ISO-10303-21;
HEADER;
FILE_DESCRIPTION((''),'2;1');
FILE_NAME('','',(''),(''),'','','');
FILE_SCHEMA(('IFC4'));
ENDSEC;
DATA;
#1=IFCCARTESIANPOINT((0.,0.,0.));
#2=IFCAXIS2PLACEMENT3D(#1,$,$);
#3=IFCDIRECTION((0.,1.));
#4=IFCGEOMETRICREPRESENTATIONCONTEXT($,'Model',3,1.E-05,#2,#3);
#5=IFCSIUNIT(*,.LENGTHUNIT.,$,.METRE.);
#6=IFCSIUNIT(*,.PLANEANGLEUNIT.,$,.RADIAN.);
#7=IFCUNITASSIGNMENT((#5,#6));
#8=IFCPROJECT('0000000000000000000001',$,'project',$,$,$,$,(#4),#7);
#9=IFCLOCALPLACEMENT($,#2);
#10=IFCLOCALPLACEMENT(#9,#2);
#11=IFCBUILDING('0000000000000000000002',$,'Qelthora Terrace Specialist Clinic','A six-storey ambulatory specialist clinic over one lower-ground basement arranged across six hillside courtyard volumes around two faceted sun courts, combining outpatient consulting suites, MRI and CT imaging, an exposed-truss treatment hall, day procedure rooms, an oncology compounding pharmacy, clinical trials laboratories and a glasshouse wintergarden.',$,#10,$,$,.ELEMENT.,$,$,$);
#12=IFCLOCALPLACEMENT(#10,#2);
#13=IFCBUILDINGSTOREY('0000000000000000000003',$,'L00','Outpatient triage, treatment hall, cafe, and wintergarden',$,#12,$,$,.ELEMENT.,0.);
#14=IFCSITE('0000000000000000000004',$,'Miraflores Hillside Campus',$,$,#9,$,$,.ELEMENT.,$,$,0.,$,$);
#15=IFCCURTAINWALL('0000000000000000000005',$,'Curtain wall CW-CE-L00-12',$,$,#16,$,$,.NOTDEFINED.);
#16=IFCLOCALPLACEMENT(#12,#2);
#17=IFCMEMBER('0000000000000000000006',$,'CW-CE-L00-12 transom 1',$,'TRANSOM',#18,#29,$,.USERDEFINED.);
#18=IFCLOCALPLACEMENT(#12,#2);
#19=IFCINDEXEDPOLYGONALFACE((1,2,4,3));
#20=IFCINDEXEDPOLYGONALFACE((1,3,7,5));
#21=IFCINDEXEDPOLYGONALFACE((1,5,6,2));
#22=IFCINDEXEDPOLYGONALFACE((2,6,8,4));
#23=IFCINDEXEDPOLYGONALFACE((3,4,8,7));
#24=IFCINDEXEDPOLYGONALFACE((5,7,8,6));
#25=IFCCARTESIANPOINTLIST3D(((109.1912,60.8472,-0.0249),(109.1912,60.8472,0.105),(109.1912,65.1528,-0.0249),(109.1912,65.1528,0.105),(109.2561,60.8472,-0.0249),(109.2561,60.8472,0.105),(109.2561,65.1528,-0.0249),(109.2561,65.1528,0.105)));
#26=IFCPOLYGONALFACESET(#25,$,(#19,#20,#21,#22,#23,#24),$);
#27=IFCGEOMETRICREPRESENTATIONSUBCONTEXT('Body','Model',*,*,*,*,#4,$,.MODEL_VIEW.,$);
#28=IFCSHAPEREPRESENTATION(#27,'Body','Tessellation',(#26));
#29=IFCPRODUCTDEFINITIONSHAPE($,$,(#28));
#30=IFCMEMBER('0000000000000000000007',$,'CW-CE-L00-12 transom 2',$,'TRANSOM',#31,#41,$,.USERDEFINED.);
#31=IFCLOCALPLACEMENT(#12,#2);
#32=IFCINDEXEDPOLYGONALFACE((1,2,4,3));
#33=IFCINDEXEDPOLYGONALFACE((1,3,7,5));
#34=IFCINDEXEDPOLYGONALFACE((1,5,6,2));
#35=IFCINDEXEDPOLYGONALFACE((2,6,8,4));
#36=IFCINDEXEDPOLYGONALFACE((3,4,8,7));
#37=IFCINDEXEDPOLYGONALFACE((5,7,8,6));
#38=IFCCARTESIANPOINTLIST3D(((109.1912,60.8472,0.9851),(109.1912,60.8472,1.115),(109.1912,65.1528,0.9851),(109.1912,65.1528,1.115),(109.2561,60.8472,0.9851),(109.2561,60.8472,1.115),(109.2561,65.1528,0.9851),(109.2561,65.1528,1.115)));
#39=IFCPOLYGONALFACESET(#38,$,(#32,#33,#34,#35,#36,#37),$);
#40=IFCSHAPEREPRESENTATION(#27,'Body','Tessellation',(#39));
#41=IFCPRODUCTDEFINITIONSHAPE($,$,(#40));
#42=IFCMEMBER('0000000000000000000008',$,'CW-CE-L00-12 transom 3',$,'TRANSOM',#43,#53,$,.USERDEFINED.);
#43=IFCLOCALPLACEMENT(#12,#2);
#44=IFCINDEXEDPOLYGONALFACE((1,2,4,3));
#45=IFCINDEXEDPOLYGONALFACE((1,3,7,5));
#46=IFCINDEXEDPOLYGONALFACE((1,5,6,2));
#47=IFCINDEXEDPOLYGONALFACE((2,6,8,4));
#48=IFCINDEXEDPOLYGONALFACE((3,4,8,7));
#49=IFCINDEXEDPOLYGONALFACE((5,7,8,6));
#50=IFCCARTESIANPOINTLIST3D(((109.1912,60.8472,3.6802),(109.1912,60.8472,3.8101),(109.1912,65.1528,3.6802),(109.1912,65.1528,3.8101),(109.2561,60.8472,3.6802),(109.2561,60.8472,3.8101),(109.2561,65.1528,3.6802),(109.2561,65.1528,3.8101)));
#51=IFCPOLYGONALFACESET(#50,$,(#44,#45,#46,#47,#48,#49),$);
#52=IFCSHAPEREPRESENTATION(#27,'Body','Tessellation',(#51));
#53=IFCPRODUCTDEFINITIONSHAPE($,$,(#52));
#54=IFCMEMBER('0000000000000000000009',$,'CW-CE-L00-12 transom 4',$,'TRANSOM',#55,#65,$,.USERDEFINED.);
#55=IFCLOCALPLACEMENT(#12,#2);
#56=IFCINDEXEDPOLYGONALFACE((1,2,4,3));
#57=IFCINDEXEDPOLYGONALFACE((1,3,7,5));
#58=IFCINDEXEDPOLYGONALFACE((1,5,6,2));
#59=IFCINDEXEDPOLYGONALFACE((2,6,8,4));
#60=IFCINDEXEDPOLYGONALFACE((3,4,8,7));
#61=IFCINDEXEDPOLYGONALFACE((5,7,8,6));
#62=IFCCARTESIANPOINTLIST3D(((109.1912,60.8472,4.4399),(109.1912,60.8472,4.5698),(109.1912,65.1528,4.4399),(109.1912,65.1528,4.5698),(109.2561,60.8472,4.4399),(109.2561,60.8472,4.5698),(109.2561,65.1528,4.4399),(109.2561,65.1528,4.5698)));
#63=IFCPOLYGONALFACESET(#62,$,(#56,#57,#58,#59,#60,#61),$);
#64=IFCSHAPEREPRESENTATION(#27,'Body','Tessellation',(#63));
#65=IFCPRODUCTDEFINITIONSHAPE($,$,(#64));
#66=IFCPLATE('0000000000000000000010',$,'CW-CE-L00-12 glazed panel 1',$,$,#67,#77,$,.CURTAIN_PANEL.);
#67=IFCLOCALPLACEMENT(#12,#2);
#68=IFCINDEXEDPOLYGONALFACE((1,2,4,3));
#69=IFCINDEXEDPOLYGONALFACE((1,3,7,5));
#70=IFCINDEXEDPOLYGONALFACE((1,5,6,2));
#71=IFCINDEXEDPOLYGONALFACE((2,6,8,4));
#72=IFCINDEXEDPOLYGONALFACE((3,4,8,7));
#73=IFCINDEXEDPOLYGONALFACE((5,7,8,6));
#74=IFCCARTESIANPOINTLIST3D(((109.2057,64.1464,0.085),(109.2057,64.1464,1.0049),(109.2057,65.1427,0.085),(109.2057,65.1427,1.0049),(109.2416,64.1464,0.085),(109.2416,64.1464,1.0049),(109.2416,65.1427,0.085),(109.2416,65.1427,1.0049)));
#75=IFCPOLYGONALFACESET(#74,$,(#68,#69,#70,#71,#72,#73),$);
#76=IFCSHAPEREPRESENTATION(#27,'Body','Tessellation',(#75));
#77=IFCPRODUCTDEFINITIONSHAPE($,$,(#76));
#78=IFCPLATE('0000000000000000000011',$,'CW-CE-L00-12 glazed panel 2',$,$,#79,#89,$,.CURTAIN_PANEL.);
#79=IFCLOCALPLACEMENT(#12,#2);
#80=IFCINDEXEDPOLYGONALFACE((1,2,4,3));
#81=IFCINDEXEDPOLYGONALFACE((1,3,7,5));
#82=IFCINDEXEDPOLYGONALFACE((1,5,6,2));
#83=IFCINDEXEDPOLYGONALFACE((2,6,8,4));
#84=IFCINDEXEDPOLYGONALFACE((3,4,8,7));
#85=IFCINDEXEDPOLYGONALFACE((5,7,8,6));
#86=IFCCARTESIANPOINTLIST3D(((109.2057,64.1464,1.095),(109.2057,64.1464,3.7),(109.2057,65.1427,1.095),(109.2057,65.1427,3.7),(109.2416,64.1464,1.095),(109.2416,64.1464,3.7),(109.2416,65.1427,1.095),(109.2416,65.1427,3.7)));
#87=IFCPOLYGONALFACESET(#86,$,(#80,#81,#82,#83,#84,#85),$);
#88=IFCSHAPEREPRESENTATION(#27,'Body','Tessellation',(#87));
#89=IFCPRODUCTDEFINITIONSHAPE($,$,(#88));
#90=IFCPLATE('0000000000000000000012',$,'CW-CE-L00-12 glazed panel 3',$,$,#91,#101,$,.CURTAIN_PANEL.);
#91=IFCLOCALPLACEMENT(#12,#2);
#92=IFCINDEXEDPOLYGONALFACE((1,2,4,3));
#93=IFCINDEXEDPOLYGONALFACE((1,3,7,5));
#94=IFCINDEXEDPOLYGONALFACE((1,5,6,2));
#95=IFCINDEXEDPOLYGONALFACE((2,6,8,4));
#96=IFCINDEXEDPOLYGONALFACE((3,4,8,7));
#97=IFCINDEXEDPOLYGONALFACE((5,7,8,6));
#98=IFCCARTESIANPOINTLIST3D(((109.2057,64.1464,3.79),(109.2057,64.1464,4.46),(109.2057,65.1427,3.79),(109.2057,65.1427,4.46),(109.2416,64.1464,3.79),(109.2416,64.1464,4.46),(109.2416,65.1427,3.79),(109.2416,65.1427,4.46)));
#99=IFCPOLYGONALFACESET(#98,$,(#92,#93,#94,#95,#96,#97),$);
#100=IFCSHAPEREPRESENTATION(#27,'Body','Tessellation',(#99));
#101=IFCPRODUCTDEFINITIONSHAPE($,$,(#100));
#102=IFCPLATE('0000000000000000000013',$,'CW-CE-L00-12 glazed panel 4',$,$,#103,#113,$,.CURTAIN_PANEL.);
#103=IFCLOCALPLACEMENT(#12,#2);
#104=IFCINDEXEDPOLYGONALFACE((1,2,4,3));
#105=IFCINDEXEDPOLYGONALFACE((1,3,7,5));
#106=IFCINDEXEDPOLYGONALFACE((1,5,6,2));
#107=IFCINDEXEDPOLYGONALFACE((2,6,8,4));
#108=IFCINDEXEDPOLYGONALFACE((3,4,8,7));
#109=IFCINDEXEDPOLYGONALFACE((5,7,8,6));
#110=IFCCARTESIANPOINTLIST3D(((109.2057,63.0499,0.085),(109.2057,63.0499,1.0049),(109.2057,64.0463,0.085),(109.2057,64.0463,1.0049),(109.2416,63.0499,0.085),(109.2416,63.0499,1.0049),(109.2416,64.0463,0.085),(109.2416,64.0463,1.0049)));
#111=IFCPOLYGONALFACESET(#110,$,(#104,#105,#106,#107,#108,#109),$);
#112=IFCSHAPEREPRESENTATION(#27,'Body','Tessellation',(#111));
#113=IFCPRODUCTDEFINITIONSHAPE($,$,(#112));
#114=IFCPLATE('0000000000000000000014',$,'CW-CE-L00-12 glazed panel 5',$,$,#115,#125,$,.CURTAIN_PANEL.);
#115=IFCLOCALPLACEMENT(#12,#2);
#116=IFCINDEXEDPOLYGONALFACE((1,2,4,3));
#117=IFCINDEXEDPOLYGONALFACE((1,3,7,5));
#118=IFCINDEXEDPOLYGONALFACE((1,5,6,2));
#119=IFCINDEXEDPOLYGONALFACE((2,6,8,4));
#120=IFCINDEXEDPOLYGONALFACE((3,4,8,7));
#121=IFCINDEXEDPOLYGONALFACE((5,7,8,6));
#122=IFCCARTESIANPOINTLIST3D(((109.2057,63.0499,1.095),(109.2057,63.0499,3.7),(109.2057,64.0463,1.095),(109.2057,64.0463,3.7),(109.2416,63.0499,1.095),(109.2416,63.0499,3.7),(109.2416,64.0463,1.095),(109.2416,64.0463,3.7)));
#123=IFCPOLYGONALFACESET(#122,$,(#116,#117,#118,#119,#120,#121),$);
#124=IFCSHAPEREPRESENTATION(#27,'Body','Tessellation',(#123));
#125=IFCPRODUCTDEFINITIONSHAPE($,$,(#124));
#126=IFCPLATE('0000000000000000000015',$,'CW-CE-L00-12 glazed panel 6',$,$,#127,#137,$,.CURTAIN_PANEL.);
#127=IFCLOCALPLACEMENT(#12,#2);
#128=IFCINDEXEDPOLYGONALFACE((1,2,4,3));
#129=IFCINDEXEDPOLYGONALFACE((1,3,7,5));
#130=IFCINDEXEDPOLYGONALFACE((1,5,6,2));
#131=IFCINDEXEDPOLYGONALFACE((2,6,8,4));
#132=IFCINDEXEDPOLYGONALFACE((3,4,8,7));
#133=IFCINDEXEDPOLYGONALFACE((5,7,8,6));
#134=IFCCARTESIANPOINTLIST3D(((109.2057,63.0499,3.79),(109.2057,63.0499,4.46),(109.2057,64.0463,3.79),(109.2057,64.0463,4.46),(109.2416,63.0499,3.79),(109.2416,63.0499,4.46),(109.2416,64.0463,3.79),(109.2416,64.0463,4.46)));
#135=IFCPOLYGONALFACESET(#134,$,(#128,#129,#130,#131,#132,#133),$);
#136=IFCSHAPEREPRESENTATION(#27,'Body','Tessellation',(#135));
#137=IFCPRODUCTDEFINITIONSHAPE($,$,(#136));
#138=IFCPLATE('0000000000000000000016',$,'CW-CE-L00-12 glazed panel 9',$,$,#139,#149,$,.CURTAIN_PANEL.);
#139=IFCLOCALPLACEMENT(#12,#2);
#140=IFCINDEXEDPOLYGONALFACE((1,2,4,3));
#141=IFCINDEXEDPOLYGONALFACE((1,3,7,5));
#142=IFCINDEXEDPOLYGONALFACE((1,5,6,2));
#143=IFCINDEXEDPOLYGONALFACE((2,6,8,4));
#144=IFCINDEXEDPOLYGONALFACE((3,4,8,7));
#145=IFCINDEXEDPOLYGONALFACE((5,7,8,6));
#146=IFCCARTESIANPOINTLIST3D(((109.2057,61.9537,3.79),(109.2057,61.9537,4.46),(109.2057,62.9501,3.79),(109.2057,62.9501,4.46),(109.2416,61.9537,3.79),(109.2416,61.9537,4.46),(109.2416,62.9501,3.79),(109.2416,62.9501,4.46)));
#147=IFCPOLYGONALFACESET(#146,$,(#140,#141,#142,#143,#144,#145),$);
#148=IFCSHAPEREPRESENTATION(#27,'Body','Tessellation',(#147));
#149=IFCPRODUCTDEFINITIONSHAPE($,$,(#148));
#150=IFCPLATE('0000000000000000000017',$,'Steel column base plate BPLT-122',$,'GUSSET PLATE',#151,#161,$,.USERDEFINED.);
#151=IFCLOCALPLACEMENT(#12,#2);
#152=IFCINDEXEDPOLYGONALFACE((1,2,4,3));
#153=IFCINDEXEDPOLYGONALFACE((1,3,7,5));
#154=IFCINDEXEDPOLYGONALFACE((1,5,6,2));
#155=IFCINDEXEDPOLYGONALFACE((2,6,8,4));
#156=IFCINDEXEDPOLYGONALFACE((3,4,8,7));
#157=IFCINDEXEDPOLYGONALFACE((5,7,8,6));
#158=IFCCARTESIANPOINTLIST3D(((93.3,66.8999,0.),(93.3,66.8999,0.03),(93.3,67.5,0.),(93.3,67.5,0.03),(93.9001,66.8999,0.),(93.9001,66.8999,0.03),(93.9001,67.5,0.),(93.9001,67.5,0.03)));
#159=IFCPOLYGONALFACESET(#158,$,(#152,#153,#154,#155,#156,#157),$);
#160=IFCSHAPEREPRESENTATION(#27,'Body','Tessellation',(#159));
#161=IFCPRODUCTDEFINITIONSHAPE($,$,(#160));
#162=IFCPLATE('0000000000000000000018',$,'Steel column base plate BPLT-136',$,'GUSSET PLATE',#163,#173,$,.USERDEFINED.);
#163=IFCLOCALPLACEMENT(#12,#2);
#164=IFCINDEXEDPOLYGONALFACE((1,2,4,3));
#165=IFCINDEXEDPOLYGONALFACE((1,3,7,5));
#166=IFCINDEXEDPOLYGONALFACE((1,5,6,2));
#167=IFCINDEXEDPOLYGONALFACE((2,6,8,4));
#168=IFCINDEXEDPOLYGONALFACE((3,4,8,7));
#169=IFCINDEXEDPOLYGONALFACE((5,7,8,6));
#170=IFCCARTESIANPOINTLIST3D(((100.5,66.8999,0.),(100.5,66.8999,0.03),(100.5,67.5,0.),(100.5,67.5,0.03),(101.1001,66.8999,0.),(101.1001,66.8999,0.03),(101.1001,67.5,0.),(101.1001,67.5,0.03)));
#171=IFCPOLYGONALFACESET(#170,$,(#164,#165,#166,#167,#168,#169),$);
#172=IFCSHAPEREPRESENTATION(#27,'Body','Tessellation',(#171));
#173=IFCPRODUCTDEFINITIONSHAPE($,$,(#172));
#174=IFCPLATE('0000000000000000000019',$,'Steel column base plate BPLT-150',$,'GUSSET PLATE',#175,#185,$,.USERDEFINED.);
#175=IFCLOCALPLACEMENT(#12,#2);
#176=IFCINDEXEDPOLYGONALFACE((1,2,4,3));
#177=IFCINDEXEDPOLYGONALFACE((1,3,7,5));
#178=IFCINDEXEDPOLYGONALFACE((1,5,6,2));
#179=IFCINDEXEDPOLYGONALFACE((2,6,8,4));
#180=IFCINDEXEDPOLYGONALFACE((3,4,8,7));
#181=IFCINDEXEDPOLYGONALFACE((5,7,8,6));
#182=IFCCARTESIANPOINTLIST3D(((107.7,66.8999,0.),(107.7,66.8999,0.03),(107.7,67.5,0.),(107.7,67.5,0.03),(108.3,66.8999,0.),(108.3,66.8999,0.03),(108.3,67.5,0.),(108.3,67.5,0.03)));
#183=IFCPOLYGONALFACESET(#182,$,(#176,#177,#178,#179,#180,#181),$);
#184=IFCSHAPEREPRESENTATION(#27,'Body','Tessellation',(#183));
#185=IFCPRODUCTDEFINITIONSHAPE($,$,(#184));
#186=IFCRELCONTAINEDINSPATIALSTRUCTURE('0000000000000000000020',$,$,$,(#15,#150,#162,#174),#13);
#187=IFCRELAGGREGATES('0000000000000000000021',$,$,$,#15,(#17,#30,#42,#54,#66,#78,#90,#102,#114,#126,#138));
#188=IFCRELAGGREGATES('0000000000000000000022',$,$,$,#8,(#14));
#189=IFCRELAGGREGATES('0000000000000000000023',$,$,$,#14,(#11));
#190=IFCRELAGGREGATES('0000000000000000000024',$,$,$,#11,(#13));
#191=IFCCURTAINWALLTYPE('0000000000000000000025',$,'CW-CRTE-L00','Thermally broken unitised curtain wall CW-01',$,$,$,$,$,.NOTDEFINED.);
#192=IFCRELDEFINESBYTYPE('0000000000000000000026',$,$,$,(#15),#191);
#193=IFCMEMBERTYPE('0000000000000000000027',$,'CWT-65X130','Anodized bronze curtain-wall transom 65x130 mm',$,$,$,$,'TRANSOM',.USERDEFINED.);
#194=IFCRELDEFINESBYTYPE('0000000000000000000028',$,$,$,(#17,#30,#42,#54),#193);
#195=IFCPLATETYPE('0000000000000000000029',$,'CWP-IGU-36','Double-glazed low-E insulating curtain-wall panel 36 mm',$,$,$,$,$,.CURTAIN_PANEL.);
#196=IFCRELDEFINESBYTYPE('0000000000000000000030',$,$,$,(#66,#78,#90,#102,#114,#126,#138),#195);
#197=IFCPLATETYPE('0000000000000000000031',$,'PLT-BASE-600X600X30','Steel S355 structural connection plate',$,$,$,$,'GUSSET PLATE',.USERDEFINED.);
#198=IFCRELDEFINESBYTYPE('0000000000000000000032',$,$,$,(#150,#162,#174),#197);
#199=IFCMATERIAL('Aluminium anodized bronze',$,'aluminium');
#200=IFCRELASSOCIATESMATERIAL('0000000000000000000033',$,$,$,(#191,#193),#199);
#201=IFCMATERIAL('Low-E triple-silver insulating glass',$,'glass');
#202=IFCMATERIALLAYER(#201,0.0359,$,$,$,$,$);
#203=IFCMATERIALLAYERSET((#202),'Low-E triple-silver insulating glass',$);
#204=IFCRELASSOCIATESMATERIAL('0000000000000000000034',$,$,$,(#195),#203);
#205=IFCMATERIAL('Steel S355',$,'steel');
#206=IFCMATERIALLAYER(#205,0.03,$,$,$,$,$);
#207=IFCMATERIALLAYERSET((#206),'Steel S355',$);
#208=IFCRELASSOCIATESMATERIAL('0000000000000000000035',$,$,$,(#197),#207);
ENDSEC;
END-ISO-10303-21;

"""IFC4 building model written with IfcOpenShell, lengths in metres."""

from ifc_helpers import new_model, si_unit, direction, frame, origin, origin_2d, place, context, subcontext, project, spatial, rectangle, extrude, material, layer, layer_set, material_profile, profile_set, type_object, element, aggregate, save


model = new_model("IFC4")

# Units and contexts
model_context = context("Model", 3, precision=1e-05, world=origin(), true_north=direction((0.0, 1.0)))
body_context = subcontext(model_context, "Body", "Model", "MODEL_VIEW")
ifc_project = project(units=[si_unit("LENGTHUNIT", "METRE"), si_unit("PLANEANGLEUNIT", "RADIAN")], contexts=[model_context])

# Site, building, storey
site_placement = place(None, origin())
site = spatial("IfcSite", under=ifc_project, at=site_placement, Name="Miraflores Hillside Campus", CompositionType="ELEMENT", RefElevation=0.0)
building_placement = place(site_placement, origin())
building = spatial("IfcBuilding", under=site, at=building_placement, Name="Qelthora Terrace Specialist Clinic", Description="A six-storey ambulatory specialist clinic over one lower-ground basement arranged across six hillside courtyard volumes around two faceted sun courts, combining outpatient consulting suites, MRI and CT imaging, an exposed-truss treatment hall, day procedure rooms, an oncology compounding pharmacy, clinical trials laboratories and a glasshouse wintergarden.", CompositionType="ELEMENT")
storey_placement = place(building_placement, origin())
storey = spatial("IfcBuildingStorey", under=building, at=storey_placement, Name="L00", Description="Outpatient triage, treatment hall, cafe, and wintergarden", CompositionType="ELEMENT", Elevation=0.0)

# Shared definitions
ifc_material_1 = material(Name="Steel S355", Category="steel")

# Curtain wall, members, plates
ifc_material_2 = material(Name="Aluminium anodized bronze", Category="aluminium")
curtain_wall_type = type_object("IfcCurtainWallType", Name="CW-CRTE-L00", Description="Thermally broken unitised curtain wall CW-01", PredefinedType="NOTDEFINED", material=ifc_material_2)
curtain_wall_placement = place(storey_placement, origin())
curtain_wall = element("IfcCurtainWall", 1, at=curtain_wall_placement, inside=storey, type_object=curtain_wall_type, Name="Curtain wall CW-CE-L00-12", PredefinedType="NOTDEFINED")
ifc_material_profile_1 = material_profile(ifc_material_2, rectangle(XDim=0.0649, YDim=0.1299, at=origin_2d()), Name="CWT65X130")
ifc_profile_set_1 = profile_set([ifc_material_profile_1], Name="Aluminium anodized bronze")
member_type_1 = type_object("IfcMemberType", Name="CWT-65X130", Description="Anodized bronze curtain-wall transom 65x130 mm", ElementType="TRANSOM", PredefinedType="USERDEFINED", material=ifc_profile_set_1)
member_1_placement = place(storey_placement, frame((109.2236, 65.1528, 0.04), z_axis=(0.0, -1.0, 0.0), x_axis=(1.0, 0.0, 0.0)))
member_1 = element("IfcMember", 2, at=member_1_placement, type_object=member_type_1, Name="CW-CE-L00-12 transom 1", ObjectType="TRANSOM", PredefinedType="USERDEFINED", context=body_context, shape_type="SweptSolid", body=[
    extrude(rectangle(XDim=0.0649, YDim=0.1299, at=origin_2d()), origin(), (0.0, 0.0, 1.0), 4.3057),
])
member_2_placement = place(storey_placement, frame((109.2236, 65.1528, 1.05), z_axis=(0.0, -1.0, 0.0), x_axis=(1.0, 0.0, 0.0)))
member_2 = element("IfcMember", 3, at=member_2_placement, type_object=member_type_1, Name="CW-CE-L00-12 transom 2", ObjectType="TRANSOM", PredefinedType="USERDEFINED", context=body_context, shape_type="SweptSolid", body=[
    extrude(rectangle(XDim=0.0649, YDim=0.1299, at=origin_2d()), origin(), (0.0, 0.0, 1.0), 4.3057),
])
member_3_placement = place(storey_placement, frame((109.2236, 65.1528, 3.7451), z_axis=(0.0, -1.0, 0.0), x_axis=(1.0, 0.0, 0.0)))
member_3 = element("IfcMember", 4, at=member_3_placement, type_object=member_type_1, Name="CW-CE-L00-12 transom 3", ObjectType="TRANSOM", PredefinedType="USERDEFINED", context=body_context, shape_type="SweptSolid", body=[
    extrude(rectangle(XDim=0.0649, YDim=0.1299, at=origin_2d()), origin(), (0.0, 0.0, 1.0), 4.3057),
])
member_4_placement = place(storey_placement, frame((109.2236, 65.1528, 4.5049), z_axis=(0.0, -1.0, 0.0), x_axis=(1.0, 0.0, 0.0)))
member_4 = element("IfcMember", 5, at=member_4_placement, type_object=member_type_1, Name="CW-CE-L00-12 transom 4", ObjectType="TRANSOM", PredefinedType="USERDEFINED", context=body_context, shape_type="SweptSolid", body=[
    extrude(rectangle(XDim=0.0649, YDim=0.1299, at=origin_2d()), origin(), (0.0, 0.0, 1.0), 4.3057),
])
ifc_material_3 = material(Name="Low-E triple-silver insulating glass", Category="glass")
ifc_layer_1 = layer(ifc_material_3, 0.0359)
ifc_layer_set_1 = layer_set([ifc_layer_1], Name="Low-E triple-silver insulating glass")
plate_type_1 = type_object("IfcPlateType", Name="CWP-IGU-36", Description="Double-glazed low-E insulating curtain-wall panel 36 mm", PredefinedType="CURTAIN_PANEL", material=ifc_layer_set_1)
plate_1_placement = place(storey_placement, frame((109.2236, 64.6445, 0.085), z_axis=(0.0, 0.0, 1.0), x_axis=(0.0, -1.0, 0.0)))
plate_1 = element("IfcPlate", 6, at=plate_1_placement, type_object=plate_type_1, Name="CW-CE-L00-12 glazed panel 1", PredefinedType="CURTAIN_PANEL", context=body_context, shape_type="SweptSolid", body=[
    extrude(rectangle(XDim=0.9963, YDim=0.0359, at=origin_2d()), origin(), (0.0, 0.0, 1.0), 0.9199),
])
plate_2_placement = place(storey_placement, frame((109.2236, 64.6445, 1.095), z_axis=(0.0, 0.0, 1.0), x_axis=(0.0, -1.0, 0.0)))
plate_2 = element("IfcPlate", 7, at=plate_2_placement, type_object=plate_type_1, Name="CW-CE-L00-12 glazed panel 2", PredefinedType="CURTAIN_PANEL", context=body_context, shape_type="SweptSolid", body=[
    extrude(rectangle(XDim=0.9963, YDim=0.0359, at=origin_2d()), origin(), (0.0, 0.0, 1.0), 2.605),
])
plate_3_placement = place(storey_placement, frame((109.2236, 64.6445, 3.79), z_axis=(0.0, 0.0, 1.0), x_axis=(0.0, -1.0, 0.0)))
plate_3 = element("IfcPlate", 8, at=plate_3_placement, type_object=plate_type_1, Name="CW-CE-L00-12 glazed panel 3", PredefinedType="CURTAIN_PANEL", context=body_context, shape_type="SweptSolid", body=[
    extrude(rectangle(XDim=0.9963, YDim=0.0359, at=origin_2d()), origin(), (0.0, 0.0, 1.0), 0.6699),
])
plate_4_placement = place(storey_placement, frame((109.2236, 63.5481, 0.085), z_axis=(0.0, 0.0, 1.0), x_axis=(0.0, -1.0, 0.0)))
plate_4 = element("IfcPlate", 9, at=plate_4_placement, type_object=plate_type_1, Name="CW-CE-L00-12 glazed panel 4", PredefinedType="CURTAIN_PANEL", context=body_context, shape_type="SweptSolid", body=[
    extrude(rectangle(XDim=0.9963, YDim=0.0359, at=origin_2d()), origin(), (0.0, 0.0, 1.0), 0.9199),
])
plate_5_placement = place(storey_placement, frame((109.2236, 63.5481, 1.095), z_axis=(0.0, 0.0, 1.0), x_axis=(0.0, -1.0, 0.0)))
plate_5 = element("IfcPlate", 10, at=plate_5_placement, type_object=plate_type_1, Name="CW-CE-L00-12 glazed panel 5", PredefinedType="CURTAIN_PANEL", context=body_context, shape_type="SweptSolid", body=[
    extrude(rectangle(XDim=0.9963, YDim=0.0359, at=origin_2d()), origin(), (0.0, 0.0, 1.0), 2.605),
])
plate_6_placement = place(storey_placement, frame((109.2236, 63.5481, 3.79), z_axis=(0.0, 0.0, 1.0), x_axis=(0.0, -1.0, 0.0)))
plate_6 = element("IfcPlate", 11, at=plate_6_placement, type_object=plate_type_1, Name="CW-CE-L00-12 glazed panel 6", PredefinedType="CURTAIN_PANEL", context=body_context, shape_type="SweptSolid", body=[
    extrude(rectangle(XDim=0.9963, YDim=0.0359, at=origin_2d()), origin(), (0.0, 0.0, 1.0), 0.6699),
])
plate_7_placement = place(storey_placement, frame((109.2236, 62.4519, 3.79), z_axis=(0.0, 0.0, 1.0), x_axis=(0.0, -1.0, 0.0)))
plate_7 = element("IfcPlate", 12, at=plate_7_placement, type_object=plate_type_1, Name="CW-CE-L00-12 glazed panel 9", PredefinedType="CURTAIN_PANEL", context=body_context, shape_type="SweptSolid", body=[
    extrude(rectangle(XDim=0.9963, YDim=0.0359, at=origin_2d()), origin(), (0.0, 0.0, 1.0), 0.6699),
])
aggregate(curtain_wall, [member_1, member_2, member_3, member_4, plate_1, plate_2, plate_3, plate_4, plate_5, plate_6, plate_7])

# Plates
ifc_layer_2 = layer(ifc_material_1, 0.03)
ifc_layer_set_2 = layer_set([ifc_layer_2], Name="Steel S355")
plate_type_2 = type_object("IfcPlateType", Name="PLT-BASE-600X600X30", Description="Steel S355 structural connection plate", ElementType="GUSSET PLATE", PredefinedType="USERDEFINED", material=ifc_layer_set_2)
for number, where, z_axis, x_axis, name in (
    (13, (93.6001, 67.2, 0.0), (0.0, 0.0, 1.0), (1.0, 0.0, 0.0), "Steel column base plate BPLT-122"),
    (14, (100.8, 67.2, 0.0), (0.0, 0.0, 1.0), (1.0, 0.0, 0.0), "Steel column base plate BPLT-136"),
    (15, (108.0, 67.2, 0.0), (0.0, 0.0, 1.0), (1.0, 0.0, 0.0), "Steel column base plate BPLT-150"),
):
    element("IfcPlate", number, at=place(storey_placement, frame(where, z_axis=z_axis, x_axis=x_axis)), inside=storey, type_object=plate_type_2, Name=name, ObjectType="GUSSET PLATE", PredefinedType="USERDEFINED", context=body_context, shape_type="SweptSolid", body=[
        extrude(rectangle(XDim=0.6001, YDim=0.6001, at=origin_2d()), origin(), (0.0, 0.0, 1.0), 0.03),
    ])

save(model, "model.ifc")
